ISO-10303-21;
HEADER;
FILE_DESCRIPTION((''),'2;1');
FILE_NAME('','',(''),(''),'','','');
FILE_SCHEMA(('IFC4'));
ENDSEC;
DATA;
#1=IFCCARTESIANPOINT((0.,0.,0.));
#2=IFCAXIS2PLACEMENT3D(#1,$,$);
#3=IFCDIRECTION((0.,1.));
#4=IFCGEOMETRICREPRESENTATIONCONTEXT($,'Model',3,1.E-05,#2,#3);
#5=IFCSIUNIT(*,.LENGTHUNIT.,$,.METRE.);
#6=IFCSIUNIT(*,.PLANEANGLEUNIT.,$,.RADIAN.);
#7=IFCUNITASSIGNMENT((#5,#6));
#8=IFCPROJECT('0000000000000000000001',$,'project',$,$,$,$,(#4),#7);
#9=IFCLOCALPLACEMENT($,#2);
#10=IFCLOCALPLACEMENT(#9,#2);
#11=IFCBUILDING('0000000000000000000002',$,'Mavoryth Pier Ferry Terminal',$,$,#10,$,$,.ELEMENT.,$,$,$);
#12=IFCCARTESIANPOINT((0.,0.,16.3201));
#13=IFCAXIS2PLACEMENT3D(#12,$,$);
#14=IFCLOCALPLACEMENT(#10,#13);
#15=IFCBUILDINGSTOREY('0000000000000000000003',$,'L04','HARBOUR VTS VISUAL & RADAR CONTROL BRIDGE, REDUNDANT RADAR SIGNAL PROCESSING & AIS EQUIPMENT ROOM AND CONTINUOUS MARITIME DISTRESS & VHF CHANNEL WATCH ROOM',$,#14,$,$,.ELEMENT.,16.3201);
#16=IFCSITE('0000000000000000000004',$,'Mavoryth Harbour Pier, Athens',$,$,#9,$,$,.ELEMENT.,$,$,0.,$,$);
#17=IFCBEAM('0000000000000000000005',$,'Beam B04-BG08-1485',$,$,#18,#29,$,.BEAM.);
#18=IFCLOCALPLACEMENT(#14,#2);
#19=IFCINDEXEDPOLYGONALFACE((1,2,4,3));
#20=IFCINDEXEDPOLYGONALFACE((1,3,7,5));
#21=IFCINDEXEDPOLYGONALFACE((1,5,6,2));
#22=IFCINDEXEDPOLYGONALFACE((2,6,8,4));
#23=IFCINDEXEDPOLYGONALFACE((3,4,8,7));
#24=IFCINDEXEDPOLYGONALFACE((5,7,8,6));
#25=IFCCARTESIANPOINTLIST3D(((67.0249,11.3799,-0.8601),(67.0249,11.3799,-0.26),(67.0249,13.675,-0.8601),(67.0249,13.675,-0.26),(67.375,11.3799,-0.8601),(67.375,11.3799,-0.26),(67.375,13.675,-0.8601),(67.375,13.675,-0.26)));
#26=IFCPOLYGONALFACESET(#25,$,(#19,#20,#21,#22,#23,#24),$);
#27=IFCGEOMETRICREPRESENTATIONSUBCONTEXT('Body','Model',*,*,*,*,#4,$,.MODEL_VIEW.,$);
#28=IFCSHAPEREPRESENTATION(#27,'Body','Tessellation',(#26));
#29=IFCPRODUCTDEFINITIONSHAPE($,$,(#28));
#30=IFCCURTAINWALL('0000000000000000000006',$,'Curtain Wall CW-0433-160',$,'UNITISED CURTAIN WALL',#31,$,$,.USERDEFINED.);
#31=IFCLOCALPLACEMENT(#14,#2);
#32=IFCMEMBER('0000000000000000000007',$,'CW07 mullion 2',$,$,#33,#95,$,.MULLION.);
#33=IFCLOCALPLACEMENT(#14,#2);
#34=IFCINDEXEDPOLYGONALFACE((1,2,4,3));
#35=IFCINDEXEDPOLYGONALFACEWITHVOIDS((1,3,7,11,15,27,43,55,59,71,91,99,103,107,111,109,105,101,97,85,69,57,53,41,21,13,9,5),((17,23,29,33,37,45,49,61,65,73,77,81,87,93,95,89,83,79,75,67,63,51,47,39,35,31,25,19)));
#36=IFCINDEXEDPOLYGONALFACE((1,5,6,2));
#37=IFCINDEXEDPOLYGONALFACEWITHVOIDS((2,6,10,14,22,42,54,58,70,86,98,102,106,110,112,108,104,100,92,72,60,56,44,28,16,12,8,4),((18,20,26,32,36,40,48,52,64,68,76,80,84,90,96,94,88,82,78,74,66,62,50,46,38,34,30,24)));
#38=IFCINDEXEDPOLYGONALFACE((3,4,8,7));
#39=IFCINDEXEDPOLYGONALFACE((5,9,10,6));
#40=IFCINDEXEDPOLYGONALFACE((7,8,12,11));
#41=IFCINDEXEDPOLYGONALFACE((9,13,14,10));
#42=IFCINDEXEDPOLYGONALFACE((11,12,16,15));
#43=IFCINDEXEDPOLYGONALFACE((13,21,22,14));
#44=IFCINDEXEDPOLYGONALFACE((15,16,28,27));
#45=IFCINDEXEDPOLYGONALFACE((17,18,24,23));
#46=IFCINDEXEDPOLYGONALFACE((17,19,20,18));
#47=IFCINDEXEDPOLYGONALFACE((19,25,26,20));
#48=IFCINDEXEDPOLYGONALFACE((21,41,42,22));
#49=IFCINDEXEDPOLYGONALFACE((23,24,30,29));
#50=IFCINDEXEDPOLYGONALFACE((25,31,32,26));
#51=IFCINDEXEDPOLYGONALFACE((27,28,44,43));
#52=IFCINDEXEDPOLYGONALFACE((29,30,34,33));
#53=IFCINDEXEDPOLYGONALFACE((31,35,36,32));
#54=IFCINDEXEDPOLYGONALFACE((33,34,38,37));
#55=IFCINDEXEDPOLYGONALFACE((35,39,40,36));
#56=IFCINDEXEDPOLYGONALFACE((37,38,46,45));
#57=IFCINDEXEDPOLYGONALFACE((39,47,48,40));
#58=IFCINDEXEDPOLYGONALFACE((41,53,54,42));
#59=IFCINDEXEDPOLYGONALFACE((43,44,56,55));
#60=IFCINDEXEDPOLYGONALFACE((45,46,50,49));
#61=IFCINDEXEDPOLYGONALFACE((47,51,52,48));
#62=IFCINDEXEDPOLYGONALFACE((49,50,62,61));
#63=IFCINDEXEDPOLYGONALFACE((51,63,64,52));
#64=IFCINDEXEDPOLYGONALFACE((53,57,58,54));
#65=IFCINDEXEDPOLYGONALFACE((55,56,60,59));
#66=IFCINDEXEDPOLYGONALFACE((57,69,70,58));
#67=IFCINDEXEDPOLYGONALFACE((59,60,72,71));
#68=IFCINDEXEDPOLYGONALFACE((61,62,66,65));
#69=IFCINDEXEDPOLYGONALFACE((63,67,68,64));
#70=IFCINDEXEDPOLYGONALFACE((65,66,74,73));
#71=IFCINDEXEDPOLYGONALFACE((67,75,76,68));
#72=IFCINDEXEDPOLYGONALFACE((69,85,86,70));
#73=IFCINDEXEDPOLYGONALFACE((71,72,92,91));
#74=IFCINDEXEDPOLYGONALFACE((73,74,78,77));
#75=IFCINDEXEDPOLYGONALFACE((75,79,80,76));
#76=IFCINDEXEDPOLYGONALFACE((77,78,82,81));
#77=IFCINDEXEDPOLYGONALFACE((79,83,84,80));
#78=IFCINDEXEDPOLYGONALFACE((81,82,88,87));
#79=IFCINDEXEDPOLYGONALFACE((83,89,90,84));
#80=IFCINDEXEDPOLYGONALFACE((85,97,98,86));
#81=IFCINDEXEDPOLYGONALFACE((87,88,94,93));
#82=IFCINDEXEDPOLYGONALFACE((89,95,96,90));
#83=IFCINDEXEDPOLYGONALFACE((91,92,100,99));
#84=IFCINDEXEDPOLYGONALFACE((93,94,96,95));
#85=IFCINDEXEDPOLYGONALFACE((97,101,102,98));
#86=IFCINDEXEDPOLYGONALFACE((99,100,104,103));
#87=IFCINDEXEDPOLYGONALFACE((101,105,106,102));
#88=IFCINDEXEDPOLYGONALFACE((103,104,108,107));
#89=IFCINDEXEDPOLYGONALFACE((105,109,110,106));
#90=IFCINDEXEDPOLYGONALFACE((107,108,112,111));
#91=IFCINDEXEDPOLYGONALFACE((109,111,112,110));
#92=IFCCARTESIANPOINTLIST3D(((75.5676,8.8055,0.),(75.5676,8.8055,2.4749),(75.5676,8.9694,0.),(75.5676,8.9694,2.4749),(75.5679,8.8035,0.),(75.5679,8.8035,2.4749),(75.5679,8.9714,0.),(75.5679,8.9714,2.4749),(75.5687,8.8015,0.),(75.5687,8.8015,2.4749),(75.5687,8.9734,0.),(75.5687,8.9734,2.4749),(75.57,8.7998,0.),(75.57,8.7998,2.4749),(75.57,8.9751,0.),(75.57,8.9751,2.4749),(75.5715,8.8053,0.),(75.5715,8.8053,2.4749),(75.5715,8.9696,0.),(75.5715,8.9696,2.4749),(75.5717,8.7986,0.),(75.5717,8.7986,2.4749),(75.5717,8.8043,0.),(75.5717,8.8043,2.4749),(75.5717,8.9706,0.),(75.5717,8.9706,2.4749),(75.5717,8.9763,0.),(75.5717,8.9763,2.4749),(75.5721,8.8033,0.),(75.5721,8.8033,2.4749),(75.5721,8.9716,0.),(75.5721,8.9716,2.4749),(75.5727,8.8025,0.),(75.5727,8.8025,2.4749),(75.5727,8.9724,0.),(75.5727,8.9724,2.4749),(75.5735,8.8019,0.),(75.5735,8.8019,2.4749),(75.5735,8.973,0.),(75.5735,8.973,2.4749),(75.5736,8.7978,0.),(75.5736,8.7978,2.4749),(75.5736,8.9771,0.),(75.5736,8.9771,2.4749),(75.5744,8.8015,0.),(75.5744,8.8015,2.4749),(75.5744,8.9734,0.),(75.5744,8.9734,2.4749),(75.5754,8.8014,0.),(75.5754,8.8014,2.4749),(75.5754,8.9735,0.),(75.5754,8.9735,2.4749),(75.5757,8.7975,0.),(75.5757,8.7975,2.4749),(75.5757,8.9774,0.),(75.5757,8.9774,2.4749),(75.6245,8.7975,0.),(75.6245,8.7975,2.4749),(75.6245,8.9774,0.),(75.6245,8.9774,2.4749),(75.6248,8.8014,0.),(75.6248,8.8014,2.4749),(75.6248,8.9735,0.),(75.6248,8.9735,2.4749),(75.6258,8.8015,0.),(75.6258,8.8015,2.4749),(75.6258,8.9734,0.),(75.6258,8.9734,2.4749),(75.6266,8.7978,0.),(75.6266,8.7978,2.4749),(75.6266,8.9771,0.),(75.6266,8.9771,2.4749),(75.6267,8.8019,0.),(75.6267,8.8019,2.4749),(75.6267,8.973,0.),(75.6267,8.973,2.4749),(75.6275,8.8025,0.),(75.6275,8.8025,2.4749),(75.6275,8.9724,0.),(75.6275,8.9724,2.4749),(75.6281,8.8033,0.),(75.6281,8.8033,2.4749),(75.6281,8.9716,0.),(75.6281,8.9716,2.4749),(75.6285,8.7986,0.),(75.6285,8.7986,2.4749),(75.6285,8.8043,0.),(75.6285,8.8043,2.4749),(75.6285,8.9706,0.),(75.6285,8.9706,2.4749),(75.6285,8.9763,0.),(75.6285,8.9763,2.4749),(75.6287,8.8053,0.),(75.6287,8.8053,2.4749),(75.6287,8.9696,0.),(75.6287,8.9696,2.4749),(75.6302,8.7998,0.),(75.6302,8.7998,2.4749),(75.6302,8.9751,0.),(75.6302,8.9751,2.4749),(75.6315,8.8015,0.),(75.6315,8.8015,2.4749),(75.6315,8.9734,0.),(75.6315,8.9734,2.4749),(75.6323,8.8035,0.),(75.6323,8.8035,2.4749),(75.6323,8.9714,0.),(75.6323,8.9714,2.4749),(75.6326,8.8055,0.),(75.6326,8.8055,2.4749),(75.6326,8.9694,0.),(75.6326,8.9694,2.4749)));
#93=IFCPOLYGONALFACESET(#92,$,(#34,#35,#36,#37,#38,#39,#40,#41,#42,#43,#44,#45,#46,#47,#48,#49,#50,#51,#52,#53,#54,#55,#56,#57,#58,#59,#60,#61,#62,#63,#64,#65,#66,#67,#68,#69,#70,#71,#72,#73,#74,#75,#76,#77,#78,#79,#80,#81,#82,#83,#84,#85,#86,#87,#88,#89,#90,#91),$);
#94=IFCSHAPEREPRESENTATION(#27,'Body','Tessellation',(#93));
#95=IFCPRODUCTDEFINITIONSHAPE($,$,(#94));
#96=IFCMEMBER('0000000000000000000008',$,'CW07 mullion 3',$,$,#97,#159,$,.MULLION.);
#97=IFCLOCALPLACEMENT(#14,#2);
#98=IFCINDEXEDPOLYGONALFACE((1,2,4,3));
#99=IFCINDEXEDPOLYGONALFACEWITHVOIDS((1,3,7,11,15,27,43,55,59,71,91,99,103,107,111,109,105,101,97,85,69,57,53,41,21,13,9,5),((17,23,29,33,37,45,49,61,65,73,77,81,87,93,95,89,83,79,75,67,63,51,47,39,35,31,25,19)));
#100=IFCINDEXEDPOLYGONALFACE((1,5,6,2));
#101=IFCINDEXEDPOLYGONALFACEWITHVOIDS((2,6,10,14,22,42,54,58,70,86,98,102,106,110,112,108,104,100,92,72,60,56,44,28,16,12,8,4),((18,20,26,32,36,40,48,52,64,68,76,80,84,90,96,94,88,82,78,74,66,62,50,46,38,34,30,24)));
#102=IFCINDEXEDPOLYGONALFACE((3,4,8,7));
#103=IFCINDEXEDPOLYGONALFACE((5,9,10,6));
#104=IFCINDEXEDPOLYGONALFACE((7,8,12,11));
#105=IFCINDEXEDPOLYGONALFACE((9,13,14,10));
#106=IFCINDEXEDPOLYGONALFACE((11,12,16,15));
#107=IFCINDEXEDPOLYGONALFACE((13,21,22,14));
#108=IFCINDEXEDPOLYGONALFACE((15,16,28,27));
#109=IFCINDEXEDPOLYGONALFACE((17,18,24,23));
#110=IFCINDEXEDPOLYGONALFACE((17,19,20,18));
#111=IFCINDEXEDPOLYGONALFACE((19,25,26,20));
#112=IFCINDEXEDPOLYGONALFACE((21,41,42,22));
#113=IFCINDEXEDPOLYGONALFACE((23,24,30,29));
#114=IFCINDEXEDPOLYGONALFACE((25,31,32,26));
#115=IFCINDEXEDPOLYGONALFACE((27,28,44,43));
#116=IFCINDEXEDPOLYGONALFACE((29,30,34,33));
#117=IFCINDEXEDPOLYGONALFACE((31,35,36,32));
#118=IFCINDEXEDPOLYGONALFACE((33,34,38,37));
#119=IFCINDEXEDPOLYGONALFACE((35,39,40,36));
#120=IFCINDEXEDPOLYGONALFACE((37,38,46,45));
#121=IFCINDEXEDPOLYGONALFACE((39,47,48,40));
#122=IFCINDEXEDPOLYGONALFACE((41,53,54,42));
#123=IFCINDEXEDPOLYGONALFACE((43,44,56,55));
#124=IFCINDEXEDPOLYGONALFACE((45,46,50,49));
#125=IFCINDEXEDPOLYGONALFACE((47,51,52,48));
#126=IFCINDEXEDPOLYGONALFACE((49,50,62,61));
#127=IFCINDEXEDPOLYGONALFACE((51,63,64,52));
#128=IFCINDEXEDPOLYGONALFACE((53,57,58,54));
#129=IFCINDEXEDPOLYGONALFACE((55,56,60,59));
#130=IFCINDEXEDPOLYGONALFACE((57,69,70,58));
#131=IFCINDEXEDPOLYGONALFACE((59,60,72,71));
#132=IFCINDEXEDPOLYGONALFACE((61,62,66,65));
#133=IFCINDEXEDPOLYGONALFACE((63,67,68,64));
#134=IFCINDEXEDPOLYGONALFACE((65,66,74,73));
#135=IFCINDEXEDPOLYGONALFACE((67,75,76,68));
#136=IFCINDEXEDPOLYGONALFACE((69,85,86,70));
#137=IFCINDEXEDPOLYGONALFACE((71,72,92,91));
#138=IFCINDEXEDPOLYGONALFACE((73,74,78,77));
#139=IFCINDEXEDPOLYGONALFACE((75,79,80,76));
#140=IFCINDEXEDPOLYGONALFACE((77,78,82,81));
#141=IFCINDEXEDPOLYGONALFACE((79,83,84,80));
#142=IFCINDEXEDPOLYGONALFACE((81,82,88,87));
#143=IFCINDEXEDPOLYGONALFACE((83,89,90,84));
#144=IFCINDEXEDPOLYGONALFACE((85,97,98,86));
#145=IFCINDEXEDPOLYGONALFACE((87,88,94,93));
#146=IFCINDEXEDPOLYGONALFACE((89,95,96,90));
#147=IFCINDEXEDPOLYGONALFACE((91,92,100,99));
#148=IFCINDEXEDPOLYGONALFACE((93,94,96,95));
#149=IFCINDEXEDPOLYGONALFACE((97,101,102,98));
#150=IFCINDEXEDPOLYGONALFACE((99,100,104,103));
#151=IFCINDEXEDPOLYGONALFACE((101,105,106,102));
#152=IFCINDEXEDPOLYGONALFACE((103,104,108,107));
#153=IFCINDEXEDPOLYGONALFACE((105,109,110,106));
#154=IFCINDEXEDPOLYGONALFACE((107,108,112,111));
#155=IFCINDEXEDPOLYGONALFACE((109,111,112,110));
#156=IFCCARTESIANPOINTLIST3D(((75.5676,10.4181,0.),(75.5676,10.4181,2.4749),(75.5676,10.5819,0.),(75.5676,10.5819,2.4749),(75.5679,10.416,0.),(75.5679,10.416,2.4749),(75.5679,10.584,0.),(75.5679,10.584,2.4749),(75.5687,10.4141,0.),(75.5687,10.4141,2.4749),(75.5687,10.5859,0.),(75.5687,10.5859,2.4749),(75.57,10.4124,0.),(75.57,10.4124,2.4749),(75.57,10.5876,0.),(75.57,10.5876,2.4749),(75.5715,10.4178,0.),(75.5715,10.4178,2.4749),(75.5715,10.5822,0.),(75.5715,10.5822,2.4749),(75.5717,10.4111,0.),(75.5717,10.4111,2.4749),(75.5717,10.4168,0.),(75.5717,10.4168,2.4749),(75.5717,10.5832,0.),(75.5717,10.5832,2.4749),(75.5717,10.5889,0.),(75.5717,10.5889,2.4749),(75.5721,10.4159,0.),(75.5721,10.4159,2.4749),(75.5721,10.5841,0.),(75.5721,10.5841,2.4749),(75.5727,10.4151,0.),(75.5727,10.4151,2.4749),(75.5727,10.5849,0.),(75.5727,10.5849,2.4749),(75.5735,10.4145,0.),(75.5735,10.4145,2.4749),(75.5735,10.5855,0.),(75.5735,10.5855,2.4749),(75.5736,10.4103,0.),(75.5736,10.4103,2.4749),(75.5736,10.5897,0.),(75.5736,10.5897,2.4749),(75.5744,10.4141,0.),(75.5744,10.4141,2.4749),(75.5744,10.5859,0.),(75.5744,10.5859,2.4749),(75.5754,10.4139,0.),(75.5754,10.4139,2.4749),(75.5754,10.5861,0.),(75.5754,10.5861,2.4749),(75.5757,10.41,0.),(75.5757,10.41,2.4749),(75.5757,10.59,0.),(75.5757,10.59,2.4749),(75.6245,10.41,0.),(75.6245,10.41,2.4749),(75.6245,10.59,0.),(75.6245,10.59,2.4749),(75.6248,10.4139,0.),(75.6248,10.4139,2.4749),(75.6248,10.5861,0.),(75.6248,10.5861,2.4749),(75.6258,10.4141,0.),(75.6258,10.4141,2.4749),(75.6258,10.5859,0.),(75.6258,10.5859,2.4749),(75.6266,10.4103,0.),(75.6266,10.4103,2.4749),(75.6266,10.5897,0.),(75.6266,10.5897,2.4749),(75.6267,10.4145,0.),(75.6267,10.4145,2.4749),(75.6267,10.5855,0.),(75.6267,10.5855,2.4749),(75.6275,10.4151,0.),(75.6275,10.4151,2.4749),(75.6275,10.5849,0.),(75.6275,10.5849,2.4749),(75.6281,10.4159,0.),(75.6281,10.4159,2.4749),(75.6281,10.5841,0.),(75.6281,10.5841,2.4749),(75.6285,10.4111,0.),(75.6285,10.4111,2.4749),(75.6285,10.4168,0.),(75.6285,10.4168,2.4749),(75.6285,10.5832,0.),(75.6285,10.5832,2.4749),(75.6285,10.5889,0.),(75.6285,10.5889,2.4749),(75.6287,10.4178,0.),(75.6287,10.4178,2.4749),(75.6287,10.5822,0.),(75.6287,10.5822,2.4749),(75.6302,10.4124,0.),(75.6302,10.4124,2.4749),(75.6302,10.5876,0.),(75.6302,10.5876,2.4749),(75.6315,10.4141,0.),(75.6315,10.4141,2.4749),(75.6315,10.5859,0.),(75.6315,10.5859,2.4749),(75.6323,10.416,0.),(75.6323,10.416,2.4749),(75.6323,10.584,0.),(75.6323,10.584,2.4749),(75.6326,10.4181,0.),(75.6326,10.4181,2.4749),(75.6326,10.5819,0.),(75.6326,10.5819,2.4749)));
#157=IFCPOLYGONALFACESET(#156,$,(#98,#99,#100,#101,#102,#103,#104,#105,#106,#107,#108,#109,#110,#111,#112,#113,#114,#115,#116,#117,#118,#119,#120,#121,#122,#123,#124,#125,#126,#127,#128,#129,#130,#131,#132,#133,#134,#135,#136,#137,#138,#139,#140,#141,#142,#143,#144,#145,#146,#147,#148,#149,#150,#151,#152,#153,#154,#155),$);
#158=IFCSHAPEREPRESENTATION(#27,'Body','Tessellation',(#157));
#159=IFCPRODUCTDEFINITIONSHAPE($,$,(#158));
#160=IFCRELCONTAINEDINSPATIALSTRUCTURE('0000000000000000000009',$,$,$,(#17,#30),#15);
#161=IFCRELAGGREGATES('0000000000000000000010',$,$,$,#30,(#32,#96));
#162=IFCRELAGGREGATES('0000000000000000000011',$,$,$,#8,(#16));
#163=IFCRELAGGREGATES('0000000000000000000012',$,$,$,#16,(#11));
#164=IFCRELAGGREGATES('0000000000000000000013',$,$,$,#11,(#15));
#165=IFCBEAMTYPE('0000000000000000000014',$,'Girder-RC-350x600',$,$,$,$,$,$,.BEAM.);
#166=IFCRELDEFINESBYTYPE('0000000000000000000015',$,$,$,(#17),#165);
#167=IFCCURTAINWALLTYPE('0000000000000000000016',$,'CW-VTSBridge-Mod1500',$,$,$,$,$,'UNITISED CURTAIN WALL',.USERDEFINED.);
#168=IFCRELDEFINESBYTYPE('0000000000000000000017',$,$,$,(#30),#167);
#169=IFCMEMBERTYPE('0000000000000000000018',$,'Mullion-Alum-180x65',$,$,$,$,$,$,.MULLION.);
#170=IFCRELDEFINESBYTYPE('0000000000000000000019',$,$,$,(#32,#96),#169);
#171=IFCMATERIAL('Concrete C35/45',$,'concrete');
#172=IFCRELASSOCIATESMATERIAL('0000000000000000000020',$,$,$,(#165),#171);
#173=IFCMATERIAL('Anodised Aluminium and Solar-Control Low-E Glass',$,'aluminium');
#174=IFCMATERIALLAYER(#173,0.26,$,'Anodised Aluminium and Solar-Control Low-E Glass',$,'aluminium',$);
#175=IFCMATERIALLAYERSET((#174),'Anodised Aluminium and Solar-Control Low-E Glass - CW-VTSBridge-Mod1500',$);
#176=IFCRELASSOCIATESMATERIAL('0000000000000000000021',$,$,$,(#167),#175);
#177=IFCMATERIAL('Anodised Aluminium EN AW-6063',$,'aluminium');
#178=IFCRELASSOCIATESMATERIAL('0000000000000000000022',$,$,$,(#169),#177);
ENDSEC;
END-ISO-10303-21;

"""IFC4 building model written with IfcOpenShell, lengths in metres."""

from ifc_helpers import new_model, si_unit, direction, frame, origin, origin_2d, place, context, subcontext, project, spatial, rectangle, hollow_rectangle, extrude, material, layer, layer_set, material_profile, profile_set, type_object, element, aggregate, save


model = new_model("IFC4")

# Units and contexts
model_context = context("Model", 3, precision=1e-05, world=origin(), true_north=direction((0.0, 1.0)))
body_context = subcontext(model_context, "Body", "Model", "MODEL_VIEW")
ifc_project = project(units=[si_unit("LENGTHUNIT", "METRE"), si_unit("PLANEANGLEUNIT", "RADIAN")], contexts=[model_context])

# Site, building, storey
site_placement = place(None, origin())
site = spatial("IfcSite", under=ifc_project, at=site_placement, Name="Mavoryth Harbour Pier, Athens", CompositionType="ELEMENT", RefElevation=0.0)
building_placement = place(site_placement, origin())
building = spatial("IfcBuilding", under=site, at=building_placement, Name="Mavoryth Pier Ferry Terminal", CompositionType="ELEMENT")
storey_placement = place(building_placement, frame((0.0, 0.0, 16.3201)))
storey = spatial("IfcBuildingStorey", under=building, at=storey_placement, Name="L04", Description="HARBOUR VTS VISUAL & RADAR CONTROL BRIDGE, REDUNDANT RADAR SIGNAL PROCESSING & AIS EQUIPMENT ROOM AND CONTINUOUS MARITIME DISTRESS & VHF CHANNEL WATCH ROOM", CompositionType="ELEMENT", Elevation=16.3201)

# Beam
ifc_material_1 = material(Name="Concrete C35/45", Category="concrete")
ifc_material_profile_1 = material_profile(ifc_material_1, rectangle(XDim=0.3501, YDim=0.6001, at=origin_2d()), Name="RC 350x600", Category="concrete")
ifc_profile_set_1 = profile_set([ifc_material_profile_1], Name="Concrete C35/45 - RC 350x600")
beam_type = type_object("IfcBeamType", Name="Girder-RC-350x600", PredefinedType="BEAM", material=ifc_profile_set_1)
beam_placement = place(storey_placement, frame((67.2, 11.3799, -0.5601), z_axis=(0.0, 1.0, 0.0), x_axis=(-1.0, 0.0, 0.0)))
element("IfcBeam", 1, at=beam_placement, inside=storey, type_object=beam_type, Name="Beam B04-BG08-1485", PredefinedType="BEAM", context=body_context, shape_type="SweptSolid", body=[
    extrude(rectangle(XDim=0.3501, YDim=0.6001, at=origin_2d()), origin(), (0.0, 0.0, 1.0), 2.2952),
])

# Curtain wall, members
ifc_material_2 = material(Name="Anodised Aluminium and Solar-Control Low-E Glass", Category="aluminium")
ifc_layer_1 = layer(ifc_material_2, 0.26, Name="Anodised Aluminium and Solar-Control Low-E Glass", Category="aluminium")
ifc_layer_set_1 = layer_set([ifc_layer_1], Name="Anodised Aluminium and Solar-Control Low-E Glass - CW-VTSBridge-Mod1500")
curtain_wall_type = type_object("IfcCurtainWallType", Name="CW-VTSBridge-Mod1500", ElementType="UNITISED CURTAIN WALL", PredefinedType="USERDEFINED", material=ifc_layer_set_1)
curtain_wall_placement = place(storey_placement, origin())
curtain_wall = element("IfcCurtainWall", 2, at=curtain_wall_placement, inside=storey, type_object=curtain_wall_type, Name="Curtain Wall CW-0433-160", ObjectType="UNITISED CURTAIN WALL", PredefinedType="USERDEFINED")
ifc_material_3 = material(Name="Anodised Aluminium EN AW-6063", Category="aluminium")
ifc_material_profile_2 = material_profile(ifc_material_3, hollow_rectangle(XDim=0.0649, YDim=0.1799, WallThickness=0.0039, InnerFilletRadius=0.0039, OuterFilletRadius=0.0081, at=origin_2d()), Name="AL-MULL 180x65x4", Category="aluminium")
ifc_profile_set_2 = profile_set([ifc_material_profile_2], Name="Anodised Aluminium EN AW-6063 - AL-MULL 180x65x4")
member_type_1 = type_object("IfcMemberType", Name="Mullion-Alum-180x65", PredefinedType="MULLION", material=ifc_profile_set_2)
member_1_placement = place(storey_placement, frame((75.6001, 8.8875, 0.0), z_axis=(0.0, 0.0, 1.0), x_axis=(-1.0, 0.0, 0.0)))
member_1 = element("IfcMember", 3, at=member_1_placement, type_object=member_type_1, Name="CW07 mullion 2", PredefinedType="MULLION", context=body_context, shape_type="SweptSolid", body=[
    extrude(hollow_rectangle(XDim=0.0649, YDim=0.1799, WallThickness=0.0039, InnerFilletRadius=0.0039, OuterFilletRadius=0.0081, at=origin_2d()), origin(), (0.0, 0.0, 1.0), 2.4749),
])
member_2_placement = place(storey_placement, frame((75.6001, 10.5, 0.0), z_axis=(0.0, 0.0, 1.0), x_axis=(-1.0, 0.0, 0.0)))
member_2 = element("IfcMember", 4, at=member_2_placement, type_object=member_type_1, Name="CW07 mullion 3", PredefinedType="MULLION", context=body_context, shape_type="SweptSolid", body=[
    extrude(hollow_rectangle(XDim=0.0649, YDim=0.1799, WallThickness=0.0039, InnerFilletRadius=0.0039, OuterFilletRadius=0.0081, at=origin_2d()), origin(), (0.0, 0.0, 1.0), 2.4749),
])
aggregate(curtain_wall, [member_1, member_2])

save(model, "model.ifc")
